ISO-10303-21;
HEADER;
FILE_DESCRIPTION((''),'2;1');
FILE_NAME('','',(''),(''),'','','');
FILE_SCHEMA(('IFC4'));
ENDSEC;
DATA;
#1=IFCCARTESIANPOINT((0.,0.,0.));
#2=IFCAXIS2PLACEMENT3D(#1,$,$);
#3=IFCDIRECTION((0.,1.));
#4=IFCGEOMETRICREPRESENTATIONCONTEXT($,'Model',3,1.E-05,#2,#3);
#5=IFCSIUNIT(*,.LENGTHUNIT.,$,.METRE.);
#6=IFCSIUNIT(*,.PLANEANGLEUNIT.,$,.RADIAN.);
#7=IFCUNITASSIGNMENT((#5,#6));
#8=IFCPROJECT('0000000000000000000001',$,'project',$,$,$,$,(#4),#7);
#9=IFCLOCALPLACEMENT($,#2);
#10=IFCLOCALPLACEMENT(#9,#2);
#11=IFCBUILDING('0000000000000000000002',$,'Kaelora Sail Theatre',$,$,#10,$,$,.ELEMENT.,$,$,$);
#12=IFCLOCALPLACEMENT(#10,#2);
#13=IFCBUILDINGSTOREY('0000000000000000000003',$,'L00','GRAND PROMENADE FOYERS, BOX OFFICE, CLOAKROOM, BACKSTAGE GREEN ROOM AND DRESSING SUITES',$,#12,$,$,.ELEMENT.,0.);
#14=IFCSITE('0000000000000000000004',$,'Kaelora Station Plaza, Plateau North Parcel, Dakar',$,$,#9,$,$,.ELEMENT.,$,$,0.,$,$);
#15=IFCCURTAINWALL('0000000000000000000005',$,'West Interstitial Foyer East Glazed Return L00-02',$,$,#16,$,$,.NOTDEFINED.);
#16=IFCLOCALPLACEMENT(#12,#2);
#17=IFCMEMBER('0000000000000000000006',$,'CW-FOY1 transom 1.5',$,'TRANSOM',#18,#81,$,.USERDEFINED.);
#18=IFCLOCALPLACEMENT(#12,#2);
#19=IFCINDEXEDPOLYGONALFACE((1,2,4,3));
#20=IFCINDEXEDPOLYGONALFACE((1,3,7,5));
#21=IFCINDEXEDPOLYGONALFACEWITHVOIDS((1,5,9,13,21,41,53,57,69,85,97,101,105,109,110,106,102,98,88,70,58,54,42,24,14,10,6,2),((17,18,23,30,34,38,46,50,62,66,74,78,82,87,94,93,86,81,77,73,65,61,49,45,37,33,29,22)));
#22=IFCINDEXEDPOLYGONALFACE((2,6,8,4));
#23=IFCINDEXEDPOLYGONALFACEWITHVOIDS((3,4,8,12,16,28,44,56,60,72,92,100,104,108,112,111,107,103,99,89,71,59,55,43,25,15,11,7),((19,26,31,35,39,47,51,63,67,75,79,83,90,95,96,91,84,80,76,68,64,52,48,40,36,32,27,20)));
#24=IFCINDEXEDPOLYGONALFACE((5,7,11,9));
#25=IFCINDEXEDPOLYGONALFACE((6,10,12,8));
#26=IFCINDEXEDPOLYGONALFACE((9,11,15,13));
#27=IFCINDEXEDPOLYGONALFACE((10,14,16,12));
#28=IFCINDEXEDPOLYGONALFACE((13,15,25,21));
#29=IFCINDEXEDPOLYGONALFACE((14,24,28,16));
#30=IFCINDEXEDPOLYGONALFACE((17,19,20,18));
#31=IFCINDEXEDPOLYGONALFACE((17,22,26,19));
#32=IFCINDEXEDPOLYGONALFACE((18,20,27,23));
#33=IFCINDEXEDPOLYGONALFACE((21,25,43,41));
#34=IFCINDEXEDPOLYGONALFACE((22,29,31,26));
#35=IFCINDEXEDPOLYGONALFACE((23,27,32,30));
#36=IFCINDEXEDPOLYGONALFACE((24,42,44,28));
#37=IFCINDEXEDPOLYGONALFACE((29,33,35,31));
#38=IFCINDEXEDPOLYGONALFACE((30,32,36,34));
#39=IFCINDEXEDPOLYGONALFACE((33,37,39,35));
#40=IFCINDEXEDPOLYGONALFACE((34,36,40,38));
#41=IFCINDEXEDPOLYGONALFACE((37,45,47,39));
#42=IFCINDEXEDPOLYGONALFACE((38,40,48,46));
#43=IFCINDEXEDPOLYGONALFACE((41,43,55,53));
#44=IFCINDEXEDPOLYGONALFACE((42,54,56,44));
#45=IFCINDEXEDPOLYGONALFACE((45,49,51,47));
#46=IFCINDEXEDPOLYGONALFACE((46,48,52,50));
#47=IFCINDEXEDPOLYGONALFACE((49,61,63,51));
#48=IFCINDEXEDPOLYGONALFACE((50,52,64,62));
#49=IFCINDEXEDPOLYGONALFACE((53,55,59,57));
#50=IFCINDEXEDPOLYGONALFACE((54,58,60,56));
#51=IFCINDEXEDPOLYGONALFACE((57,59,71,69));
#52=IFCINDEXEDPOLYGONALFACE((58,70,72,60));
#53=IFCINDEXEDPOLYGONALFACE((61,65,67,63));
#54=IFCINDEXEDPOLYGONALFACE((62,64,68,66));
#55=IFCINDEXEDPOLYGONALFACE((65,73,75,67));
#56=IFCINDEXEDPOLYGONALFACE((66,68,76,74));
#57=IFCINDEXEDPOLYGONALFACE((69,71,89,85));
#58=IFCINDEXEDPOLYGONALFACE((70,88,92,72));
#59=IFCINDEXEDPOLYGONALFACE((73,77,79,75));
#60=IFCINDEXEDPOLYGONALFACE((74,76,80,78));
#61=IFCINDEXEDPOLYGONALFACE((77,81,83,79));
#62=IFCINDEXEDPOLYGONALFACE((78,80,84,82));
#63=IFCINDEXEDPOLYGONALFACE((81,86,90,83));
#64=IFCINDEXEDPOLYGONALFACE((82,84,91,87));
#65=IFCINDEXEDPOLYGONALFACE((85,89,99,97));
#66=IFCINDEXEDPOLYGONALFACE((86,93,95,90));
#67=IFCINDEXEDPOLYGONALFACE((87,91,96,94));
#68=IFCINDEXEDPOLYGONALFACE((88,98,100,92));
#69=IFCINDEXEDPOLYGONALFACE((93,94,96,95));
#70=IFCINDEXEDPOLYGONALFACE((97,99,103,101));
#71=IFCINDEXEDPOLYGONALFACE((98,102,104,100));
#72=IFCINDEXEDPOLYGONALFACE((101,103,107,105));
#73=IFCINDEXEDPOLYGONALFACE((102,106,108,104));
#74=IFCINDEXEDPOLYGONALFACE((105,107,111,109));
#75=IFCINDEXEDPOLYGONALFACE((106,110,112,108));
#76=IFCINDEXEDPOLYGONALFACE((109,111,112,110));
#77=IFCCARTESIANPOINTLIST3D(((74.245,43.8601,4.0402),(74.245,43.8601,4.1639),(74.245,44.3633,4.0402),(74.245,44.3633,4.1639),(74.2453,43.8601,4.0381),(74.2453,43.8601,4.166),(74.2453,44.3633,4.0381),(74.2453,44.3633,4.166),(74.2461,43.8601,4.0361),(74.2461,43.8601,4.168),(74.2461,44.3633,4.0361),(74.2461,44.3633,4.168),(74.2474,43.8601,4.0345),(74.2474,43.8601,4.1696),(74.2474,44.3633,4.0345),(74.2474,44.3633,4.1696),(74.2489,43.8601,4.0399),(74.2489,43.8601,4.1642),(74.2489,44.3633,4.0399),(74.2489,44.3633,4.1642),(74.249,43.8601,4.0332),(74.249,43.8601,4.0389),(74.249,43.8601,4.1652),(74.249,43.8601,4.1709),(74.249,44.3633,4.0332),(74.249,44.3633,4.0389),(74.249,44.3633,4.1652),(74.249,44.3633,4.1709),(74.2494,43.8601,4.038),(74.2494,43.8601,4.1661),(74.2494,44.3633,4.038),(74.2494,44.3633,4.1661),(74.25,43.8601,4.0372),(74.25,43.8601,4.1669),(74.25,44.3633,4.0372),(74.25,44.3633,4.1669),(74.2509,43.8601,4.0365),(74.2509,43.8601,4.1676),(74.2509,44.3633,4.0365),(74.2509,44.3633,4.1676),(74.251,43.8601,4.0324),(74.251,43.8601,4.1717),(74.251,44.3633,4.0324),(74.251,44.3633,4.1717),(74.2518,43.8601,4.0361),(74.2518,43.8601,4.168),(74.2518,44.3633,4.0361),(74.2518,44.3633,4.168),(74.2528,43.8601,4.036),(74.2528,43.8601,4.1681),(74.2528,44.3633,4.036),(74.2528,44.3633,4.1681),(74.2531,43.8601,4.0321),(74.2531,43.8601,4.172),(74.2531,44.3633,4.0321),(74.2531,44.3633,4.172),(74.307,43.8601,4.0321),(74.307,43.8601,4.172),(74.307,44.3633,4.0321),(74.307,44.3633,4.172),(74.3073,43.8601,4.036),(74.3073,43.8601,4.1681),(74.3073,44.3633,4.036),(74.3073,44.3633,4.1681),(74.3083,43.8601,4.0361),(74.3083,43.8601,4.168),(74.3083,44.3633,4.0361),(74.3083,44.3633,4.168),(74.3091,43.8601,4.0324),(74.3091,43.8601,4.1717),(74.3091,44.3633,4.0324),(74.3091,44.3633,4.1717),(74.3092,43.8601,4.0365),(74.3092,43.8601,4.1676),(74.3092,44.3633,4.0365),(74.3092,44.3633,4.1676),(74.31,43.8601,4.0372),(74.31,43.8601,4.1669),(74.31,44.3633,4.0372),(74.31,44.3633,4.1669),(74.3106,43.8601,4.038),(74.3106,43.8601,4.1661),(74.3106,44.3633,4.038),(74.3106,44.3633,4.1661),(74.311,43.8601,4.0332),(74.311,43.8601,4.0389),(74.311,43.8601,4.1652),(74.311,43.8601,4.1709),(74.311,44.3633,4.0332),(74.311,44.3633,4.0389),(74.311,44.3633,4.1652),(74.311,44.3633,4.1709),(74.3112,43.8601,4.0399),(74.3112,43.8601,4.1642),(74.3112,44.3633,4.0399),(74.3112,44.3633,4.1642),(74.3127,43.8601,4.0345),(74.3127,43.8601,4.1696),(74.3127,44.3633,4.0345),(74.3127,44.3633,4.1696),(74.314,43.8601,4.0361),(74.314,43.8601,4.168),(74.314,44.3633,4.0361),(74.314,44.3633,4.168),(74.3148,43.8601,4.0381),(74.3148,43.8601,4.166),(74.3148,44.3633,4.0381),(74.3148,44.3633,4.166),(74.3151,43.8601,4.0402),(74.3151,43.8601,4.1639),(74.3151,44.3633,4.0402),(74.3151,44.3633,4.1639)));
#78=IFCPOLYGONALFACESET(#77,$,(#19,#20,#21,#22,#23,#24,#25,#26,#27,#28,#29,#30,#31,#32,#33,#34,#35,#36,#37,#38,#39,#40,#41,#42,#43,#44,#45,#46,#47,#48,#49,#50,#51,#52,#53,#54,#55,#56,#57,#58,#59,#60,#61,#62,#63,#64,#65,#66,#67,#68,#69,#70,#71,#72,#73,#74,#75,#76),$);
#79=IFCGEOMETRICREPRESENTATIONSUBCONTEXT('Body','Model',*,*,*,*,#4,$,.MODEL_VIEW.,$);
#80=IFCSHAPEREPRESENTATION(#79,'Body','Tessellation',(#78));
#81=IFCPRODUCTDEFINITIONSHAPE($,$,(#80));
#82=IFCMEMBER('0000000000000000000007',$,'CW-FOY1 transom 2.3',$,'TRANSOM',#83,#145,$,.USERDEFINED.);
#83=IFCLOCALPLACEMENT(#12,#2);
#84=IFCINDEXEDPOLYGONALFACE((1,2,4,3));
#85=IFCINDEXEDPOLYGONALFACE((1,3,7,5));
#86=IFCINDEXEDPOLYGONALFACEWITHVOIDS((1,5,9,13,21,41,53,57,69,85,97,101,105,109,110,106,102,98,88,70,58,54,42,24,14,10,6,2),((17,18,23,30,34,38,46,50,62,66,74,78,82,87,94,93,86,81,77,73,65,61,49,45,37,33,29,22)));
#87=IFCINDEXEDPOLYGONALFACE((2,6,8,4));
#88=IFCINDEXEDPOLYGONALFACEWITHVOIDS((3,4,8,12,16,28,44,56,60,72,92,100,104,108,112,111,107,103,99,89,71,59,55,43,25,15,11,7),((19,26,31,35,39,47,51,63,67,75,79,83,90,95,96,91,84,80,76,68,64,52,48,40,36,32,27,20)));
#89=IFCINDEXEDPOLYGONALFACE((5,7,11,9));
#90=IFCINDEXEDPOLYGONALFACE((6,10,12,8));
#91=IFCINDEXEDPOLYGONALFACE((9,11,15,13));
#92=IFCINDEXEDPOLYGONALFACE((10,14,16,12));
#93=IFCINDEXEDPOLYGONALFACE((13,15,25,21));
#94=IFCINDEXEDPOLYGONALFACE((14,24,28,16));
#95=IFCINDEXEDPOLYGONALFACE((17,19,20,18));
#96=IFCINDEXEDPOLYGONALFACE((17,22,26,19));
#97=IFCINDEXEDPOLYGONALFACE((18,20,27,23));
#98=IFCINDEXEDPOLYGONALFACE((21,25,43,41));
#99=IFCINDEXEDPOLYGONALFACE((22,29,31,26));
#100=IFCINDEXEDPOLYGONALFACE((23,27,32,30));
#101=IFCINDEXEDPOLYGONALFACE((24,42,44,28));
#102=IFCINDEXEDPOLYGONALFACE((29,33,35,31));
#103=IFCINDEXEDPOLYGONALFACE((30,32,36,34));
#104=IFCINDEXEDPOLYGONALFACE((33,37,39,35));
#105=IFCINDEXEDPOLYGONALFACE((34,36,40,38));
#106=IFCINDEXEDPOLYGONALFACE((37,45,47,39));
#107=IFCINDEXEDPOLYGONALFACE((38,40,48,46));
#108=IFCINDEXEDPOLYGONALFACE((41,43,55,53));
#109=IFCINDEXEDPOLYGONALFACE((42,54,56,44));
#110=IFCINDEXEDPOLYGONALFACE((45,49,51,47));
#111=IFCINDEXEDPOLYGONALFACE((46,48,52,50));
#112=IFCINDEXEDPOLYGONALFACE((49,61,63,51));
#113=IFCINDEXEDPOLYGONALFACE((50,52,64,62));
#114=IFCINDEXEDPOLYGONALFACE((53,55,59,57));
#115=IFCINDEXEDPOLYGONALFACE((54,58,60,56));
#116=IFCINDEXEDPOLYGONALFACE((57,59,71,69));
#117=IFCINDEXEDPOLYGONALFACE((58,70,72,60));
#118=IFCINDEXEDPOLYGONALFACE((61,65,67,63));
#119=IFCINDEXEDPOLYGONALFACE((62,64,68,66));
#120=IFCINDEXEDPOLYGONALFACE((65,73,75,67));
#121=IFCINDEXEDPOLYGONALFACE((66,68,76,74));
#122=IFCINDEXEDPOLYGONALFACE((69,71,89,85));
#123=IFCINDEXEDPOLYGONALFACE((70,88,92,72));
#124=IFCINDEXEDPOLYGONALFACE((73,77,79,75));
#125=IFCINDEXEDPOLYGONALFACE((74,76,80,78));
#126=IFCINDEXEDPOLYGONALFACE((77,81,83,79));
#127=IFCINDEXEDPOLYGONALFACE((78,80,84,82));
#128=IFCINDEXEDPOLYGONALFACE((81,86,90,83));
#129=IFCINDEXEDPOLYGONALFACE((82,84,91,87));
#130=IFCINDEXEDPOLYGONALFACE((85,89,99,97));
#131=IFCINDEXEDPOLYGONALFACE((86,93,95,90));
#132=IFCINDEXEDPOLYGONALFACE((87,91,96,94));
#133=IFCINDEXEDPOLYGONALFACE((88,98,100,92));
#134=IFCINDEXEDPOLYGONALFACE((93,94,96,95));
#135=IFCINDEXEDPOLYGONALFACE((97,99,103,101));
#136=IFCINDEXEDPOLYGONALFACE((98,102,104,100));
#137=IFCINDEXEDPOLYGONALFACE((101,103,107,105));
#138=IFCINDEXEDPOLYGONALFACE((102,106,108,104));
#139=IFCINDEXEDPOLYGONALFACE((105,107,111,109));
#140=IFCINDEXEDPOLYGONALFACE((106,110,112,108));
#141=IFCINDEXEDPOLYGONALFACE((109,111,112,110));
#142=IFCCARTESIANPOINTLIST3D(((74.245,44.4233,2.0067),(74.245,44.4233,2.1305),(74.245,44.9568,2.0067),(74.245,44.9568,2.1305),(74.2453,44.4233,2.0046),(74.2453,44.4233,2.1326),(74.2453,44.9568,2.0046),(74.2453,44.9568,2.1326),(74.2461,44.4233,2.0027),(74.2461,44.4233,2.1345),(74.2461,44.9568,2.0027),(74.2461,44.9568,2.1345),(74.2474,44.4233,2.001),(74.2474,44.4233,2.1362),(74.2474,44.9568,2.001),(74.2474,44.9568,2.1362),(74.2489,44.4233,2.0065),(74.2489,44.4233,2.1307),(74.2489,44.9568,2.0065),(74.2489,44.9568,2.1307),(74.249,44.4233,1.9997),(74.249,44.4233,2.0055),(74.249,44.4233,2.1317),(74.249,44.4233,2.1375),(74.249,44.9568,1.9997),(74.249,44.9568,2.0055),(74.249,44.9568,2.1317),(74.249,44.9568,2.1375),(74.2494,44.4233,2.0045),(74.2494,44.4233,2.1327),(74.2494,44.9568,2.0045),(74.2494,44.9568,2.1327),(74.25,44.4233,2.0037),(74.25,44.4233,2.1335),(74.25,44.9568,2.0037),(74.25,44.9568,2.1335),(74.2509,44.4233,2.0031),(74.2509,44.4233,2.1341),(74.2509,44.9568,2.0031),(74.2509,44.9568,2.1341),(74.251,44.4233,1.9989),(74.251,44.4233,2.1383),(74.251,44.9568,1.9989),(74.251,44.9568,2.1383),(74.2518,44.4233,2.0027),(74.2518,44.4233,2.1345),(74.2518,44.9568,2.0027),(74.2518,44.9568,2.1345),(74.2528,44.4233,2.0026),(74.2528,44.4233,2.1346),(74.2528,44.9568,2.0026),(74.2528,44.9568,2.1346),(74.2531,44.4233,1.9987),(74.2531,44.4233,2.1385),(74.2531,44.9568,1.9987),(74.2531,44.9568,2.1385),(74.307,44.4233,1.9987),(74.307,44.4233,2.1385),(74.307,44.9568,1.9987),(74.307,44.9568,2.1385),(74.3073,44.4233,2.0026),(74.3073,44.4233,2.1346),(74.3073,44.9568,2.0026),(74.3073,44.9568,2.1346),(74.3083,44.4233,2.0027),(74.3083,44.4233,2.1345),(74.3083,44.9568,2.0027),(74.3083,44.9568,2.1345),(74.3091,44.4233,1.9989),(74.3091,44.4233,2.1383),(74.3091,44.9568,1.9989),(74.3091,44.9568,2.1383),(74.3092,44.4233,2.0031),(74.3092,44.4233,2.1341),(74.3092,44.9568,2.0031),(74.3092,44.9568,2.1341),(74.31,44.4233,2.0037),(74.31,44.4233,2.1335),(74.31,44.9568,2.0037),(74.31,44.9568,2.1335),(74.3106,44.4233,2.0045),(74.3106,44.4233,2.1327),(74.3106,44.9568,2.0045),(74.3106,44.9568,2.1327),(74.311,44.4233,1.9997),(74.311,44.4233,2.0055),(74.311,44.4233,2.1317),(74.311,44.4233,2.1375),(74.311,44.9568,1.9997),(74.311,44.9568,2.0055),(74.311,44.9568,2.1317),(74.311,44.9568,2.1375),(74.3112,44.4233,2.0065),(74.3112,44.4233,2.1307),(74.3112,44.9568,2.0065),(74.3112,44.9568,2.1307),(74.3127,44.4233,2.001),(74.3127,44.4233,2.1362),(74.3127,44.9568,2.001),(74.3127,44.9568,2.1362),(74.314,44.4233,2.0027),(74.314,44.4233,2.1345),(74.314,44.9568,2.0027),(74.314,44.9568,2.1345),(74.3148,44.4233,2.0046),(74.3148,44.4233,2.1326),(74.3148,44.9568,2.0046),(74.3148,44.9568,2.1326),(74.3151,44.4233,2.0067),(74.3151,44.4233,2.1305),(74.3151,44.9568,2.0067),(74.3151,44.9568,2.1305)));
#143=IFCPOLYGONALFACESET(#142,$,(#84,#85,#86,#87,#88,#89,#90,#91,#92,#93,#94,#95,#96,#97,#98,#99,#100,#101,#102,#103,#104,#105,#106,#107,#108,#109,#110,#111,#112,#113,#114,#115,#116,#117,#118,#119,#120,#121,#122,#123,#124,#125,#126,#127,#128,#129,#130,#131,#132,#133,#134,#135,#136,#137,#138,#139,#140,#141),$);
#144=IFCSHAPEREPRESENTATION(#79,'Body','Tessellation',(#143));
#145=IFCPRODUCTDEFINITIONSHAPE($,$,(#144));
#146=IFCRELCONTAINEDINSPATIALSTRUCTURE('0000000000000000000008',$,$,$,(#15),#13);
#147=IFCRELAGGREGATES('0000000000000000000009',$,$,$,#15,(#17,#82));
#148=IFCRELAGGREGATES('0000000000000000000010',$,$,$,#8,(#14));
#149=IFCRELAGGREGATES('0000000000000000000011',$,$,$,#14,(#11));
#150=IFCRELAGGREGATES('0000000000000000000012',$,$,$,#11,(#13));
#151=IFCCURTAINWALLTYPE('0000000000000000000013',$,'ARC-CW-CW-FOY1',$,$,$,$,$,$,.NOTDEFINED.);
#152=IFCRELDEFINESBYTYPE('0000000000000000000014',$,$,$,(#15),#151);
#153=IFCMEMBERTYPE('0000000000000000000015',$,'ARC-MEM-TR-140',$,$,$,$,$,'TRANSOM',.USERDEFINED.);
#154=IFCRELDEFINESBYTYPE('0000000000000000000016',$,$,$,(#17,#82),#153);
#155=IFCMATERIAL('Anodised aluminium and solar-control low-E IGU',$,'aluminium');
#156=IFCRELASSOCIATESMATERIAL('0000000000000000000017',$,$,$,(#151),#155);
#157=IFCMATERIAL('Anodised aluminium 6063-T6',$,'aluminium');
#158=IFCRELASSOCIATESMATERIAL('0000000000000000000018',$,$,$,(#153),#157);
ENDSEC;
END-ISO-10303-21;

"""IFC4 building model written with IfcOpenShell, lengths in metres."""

from ifc_helpers import new_model, si_unit, direction, frame, origin, origin_2d, place, context, subcontext, project, spatial, hollow_rectangle, extrude, material, material_profile, profile_set, type_object, element, aggregate, save


model = new_model("IFC4")

# Units and contexts
model_context = context("Model", 3, precision=1e-05, world=origin(), true_north=direction((0.0, 1.0)))
body_context = subcontext(model_context, "Body", "Model", "MODEL_VIEW")
ifc_project = project(units=[si_unit("LENGTHUNIT", "METRE"), si_unit("PLANEANGLEUNIT", "RADIAN")], contexts=[model_context])

# Site, building, storey
site_placement = place(None, origin())
site = spatial("IfcSite", under=ifc_project, at=site_placement, Name="Kaelora Station Plaza, Plateau North Parcel, Dakar", CompositionType="ELEMENT", RefElevation=0.0)
building_placement = place(site_placement, origin())
building = spatial("IfcBuilding", under=site, at=building_placement, Name="Kaelora Sail Theatre", CompositionType="ELEMENT")
storey_placement = place(building_placement, origin())
storey = spatial("IfcBuildingStorey", under=building, at=storey_placement, Name="L00", Description="GRAND PROMENADE FOYERS, BOX OFFICE, CLOAKROOM, BACKSTAGE GREEN ROOM AND DRESSING SUITES", CompositionType="ELEMENT", Elevation=0.0)

# Curtain wall, members
ifc_material_1 = material(Name="Anodised aluminium and solar-control low-E IGU", Category="aluminium")
curtain_wall_type = type_object("IfcCurtainWallType", Name="ARC-CW-CW-FOY1", PredefinedType="NOTDEFINED", material=ifc_material_1)
curtain_wall_1_placement = place(storey_placement, origin())
curtain_wall_1 = element("IfcCurtainWall", 1, at=curtain_wall_1_placement, inside=storey, type_object=curtain_wall_type, Name="West Interstitial Foyer East Glazed Return L00-02", PredefinedType="NOTDEFINED")
ifc_material_2 = material(Name="Anodised aluminium 6063-T6", Category="aluminium")
ifc_material_profile = material_profile(ifc_material_2, hollow_rectangle(XDim=0.0701, YDim=0.1399, WallThickness=0.0039, InnerFilletRadius=0.0039, OuterFilletRadius=0.0081, at=origin_2d()), Name="ALU-TRAN 70x140x4")
ifc_profile_set = profile_set([ifc_material_profile], Name="Anodised aluminium 6063-T6")
member_type = type_object("IfcMemberType", Name="ARC-MEM-TR-140", ElementType="TRANSOM", PredefinedType="USERDEFINED", material=ifc_profile_set)
member_1_placement = place(storey_placement, frame((74.28, 43.8601, 4.1021), z_axis=(0.0, 1.0, 0.0), x_axis=(-1.0, 0.0, 0.0)))
member_1 = element("IfcMember", 2, at=member_1_placement, type_object=member_type, Name="CW-FOY1 transom 1.5", ObjectType="TRANSOM", PredefinedType="USERDEFINED", context=body_context, shape_type="SweptSolid", body=[
    extrude(hollow_rectangle(XDim=0.0701, YDim=0.1399, WallThickness=0.0039, InnerFilletRadius=0.0039, OuterFilletRadius=0.0081, at=origin_2d()), origin(), (0.0, 0.0, 1.0), 0.5032),
])
member_2_placement = place(storey_placement, frame((74.28, 44.4233, 2.0686), z_axis=(0.0, 1.0, 0.0), x_axis=(-1.0, 0.0, 0.0)))
member_2 = element("IfcMember", 3, at=member_2_placement, type_object=member_type, Name="CW-FOY1 transom 2.3", ObjectType="TRANSOM", PredefinedType="USERDEFINED", context=body_context, shape_type="SweptSolid", body=[
    extrude(hollow_rectangle(XDim=0.0701, YDim=0.1399, WallThickness=0.0039, InnerFilletRadius=0.0039, OuterFilletRadius=0.0081, at=origin_2d()), origin(), (0.0, 0.0, 1.0), 0.5334),
])

aggregate(curtain_wall_1, [member_1, member_2])

save(model, "model.ifc")
